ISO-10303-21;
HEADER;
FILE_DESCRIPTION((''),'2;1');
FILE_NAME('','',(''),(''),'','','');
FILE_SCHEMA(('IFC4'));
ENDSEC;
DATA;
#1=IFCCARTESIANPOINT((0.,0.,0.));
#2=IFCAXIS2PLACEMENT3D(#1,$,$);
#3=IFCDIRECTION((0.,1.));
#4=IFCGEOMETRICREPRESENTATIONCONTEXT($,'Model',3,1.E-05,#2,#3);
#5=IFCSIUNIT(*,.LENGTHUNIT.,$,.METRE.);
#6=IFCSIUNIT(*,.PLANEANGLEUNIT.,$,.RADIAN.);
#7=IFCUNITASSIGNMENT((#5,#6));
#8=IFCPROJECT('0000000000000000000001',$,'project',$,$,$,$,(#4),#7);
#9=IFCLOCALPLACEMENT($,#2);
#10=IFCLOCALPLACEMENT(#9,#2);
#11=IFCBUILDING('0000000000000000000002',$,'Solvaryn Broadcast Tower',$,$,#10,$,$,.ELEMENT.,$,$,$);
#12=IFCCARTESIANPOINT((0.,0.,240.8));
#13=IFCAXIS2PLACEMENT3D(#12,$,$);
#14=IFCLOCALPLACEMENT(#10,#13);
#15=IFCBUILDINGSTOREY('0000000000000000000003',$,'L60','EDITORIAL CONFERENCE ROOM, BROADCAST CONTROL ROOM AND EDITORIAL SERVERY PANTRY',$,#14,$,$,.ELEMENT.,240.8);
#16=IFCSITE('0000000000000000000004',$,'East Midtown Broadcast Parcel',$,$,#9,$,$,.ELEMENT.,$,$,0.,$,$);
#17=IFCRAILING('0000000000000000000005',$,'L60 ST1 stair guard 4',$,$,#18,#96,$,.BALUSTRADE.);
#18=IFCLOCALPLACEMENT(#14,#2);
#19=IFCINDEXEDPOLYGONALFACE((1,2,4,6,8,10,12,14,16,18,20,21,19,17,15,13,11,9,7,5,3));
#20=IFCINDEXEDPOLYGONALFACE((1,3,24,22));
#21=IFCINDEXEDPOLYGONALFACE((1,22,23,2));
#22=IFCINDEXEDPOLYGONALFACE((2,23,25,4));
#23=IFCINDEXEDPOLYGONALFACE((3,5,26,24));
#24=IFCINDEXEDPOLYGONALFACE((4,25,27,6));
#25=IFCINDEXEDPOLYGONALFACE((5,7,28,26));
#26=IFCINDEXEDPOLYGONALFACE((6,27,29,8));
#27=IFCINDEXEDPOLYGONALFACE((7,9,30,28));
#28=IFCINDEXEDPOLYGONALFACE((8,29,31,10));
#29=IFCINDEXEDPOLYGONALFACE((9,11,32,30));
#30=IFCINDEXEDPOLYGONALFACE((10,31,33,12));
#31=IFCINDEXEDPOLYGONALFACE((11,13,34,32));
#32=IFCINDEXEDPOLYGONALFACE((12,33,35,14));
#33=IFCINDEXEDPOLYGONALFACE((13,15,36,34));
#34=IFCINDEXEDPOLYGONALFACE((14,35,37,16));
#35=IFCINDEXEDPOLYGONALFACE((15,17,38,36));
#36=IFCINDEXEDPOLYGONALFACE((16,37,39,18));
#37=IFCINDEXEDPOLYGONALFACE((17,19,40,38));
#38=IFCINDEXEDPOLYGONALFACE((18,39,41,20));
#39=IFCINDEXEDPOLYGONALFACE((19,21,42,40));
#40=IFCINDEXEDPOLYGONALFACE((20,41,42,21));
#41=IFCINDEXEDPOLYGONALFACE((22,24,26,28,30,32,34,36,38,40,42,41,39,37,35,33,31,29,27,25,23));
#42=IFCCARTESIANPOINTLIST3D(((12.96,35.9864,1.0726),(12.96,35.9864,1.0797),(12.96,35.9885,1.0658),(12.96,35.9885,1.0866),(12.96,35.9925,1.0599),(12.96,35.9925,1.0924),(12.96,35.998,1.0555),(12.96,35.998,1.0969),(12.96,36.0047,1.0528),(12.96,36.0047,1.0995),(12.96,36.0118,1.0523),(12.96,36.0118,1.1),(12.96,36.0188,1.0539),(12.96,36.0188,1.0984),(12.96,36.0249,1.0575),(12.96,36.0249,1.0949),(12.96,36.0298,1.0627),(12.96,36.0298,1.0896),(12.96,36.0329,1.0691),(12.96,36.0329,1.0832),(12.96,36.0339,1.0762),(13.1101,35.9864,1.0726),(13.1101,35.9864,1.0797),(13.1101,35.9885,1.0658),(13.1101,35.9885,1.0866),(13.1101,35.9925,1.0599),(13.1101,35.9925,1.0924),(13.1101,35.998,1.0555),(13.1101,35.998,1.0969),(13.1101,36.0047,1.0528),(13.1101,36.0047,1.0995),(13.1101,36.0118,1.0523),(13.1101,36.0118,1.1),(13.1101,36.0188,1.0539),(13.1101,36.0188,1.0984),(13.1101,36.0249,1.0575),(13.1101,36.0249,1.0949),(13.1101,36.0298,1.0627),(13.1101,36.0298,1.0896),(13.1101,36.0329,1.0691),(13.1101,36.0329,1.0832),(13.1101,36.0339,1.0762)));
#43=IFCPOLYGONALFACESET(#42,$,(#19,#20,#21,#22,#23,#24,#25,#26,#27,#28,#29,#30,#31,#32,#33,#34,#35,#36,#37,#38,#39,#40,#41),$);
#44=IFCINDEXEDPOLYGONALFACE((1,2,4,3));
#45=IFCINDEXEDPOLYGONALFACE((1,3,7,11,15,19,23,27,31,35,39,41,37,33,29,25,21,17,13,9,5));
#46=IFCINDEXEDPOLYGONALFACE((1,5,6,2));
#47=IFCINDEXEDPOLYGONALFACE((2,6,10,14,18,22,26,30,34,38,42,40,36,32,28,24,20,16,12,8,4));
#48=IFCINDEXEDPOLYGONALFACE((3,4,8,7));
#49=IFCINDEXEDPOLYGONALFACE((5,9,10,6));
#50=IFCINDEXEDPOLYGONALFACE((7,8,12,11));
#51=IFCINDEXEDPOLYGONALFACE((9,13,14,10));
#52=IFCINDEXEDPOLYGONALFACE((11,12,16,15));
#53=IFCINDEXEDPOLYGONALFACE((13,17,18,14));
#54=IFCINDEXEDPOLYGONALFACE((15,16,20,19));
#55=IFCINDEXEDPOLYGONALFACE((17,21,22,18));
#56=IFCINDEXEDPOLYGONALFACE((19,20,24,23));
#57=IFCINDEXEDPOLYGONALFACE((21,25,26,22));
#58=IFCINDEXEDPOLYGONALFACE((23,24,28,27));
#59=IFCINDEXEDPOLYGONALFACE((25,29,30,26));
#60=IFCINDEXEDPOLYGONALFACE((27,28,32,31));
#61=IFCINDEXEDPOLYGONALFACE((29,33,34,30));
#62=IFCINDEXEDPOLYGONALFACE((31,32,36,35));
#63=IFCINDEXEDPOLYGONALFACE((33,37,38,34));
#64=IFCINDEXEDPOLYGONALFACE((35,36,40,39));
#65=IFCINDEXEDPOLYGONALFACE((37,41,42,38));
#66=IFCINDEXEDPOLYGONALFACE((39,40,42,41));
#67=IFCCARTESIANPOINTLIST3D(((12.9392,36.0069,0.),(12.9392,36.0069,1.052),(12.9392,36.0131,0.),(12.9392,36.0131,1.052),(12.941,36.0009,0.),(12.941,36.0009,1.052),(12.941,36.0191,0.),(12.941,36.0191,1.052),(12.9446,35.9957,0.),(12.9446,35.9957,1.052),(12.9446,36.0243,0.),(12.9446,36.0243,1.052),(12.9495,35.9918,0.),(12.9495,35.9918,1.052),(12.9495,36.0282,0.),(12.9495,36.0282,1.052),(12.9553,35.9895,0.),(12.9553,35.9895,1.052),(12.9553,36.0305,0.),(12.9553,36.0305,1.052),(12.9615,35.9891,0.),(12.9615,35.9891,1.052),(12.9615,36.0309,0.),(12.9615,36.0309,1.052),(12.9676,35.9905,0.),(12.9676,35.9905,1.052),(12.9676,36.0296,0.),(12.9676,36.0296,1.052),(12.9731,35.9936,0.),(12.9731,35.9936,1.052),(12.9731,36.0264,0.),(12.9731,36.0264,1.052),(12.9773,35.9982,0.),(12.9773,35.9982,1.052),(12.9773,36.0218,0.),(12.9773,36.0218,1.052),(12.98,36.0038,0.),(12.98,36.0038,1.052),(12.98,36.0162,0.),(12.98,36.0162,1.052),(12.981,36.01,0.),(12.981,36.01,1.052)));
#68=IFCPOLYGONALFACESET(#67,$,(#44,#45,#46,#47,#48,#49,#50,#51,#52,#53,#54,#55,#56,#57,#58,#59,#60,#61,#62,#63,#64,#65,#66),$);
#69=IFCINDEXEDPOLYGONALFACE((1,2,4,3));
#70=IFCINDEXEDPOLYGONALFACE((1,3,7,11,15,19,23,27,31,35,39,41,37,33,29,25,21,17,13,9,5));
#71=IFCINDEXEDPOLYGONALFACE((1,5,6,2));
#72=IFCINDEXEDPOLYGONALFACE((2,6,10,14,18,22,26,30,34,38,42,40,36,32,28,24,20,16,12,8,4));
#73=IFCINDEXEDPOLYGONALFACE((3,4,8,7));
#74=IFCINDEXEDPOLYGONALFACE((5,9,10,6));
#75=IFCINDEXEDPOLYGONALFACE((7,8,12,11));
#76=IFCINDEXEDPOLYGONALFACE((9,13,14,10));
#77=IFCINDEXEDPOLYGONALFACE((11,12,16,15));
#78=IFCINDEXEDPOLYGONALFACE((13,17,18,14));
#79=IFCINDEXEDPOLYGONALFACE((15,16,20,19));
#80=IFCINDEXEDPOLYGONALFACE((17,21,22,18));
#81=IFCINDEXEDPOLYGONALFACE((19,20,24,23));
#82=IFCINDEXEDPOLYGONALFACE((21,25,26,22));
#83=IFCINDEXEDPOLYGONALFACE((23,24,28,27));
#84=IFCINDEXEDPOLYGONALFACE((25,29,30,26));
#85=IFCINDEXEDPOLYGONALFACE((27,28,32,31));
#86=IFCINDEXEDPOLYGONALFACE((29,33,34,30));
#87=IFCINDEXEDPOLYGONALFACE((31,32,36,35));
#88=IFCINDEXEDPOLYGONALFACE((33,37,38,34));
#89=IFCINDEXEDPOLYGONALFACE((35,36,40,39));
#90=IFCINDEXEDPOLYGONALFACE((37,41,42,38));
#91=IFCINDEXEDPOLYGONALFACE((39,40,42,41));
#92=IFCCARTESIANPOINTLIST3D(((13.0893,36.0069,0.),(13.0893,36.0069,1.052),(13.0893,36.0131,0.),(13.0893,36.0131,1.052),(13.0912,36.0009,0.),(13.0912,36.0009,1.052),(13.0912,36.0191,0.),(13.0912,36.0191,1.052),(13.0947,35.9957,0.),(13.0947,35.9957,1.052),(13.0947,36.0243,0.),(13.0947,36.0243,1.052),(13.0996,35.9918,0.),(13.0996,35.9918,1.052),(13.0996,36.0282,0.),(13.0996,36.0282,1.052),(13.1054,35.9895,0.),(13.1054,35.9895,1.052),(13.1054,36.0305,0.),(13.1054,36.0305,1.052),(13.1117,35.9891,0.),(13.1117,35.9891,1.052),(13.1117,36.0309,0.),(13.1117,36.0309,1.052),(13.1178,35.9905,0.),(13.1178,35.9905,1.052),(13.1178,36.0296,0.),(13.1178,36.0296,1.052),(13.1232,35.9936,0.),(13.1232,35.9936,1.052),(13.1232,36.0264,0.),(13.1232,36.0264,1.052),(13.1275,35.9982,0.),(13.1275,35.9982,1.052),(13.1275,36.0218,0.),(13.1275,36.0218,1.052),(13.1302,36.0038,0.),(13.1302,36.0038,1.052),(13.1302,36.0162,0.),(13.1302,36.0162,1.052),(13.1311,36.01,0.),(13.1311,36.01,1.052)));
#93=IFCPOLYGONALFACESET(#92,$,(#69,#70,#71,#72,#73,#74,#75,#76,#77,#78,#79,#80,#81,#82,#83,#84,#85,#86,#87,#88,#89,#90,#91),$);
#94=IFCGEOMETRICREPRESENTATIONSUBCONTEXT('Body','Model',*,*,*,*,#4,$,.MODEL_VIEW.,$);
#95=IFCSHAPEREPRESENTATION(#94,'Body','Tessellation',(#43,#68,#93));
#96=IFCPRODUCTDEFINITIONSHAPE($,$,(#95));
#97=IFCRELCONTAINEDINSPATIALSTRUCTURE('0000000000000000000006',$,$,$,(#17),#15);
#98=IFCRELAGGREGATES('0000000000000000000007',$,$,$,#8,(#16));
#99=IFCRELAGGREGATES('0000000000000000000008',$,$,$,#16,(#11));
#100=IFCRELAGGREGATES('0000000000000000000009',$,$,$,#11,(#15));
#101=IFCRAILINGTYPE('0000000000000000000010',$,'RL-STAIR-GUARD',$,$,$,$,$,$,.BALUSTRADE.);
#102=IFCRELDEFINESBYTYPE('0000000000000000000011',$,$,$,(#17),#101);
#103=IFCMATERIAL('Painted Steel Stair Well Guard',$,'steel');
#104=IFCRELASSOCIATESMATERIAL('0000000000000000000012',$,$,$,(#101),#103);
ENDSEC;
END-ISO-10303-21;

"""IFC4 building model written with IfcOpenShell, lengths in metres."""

from ifc_helpers import new_model, si_unit, direction, frame, origin, origin_2d, place, context, subcontext, project, spatial, circle, extrude, material, type_object, element, save


model = new_model("IFC4")

# Units and contexts
model_context = context("Model", 3, precision=1e-05, world=origin(), true_north=direction((0.0, 1.0)))
body_context = subcontext(model_context, "Body", "Model", "MODEL_VIEW")
ifc_project = project(units=[si_unit("LENGTHUNIT", "METRE"), si_unit("PLANEANGLEUNIT", "RADIAN")], contexts=[model_context])

# Site, building, storey
site_placement = place(None, origin())
site = spatial("IfcSite", under=ifc_project, at=site_placement, Name="East Midtown Broadcast Parcel", CompositionType="ELEMENT", RefElevation=0.0)
building_placement = place(site_placement, origin())
building = spatial("IfcBuilding", under=site, at=building_placement, Name="Solvaryn Broadcast Tower", CompositionType="ELEMENT")
storey_placement = place(building_placement, frame((0.0, 0.0, 240.8)))
storey = spatial("IfcBuildingStorey", under=building, at=storey_placement, Name="L60", Description="EDITORIAL CONFERENCE ROOM, BROADCAST CONTROL ROOM AND EDITORIAL SERVERY PANTRY", CompositionType="ELEMENT", Elevation=240.8)

# Railing
ifc_material_1 = material(Name="Painted Steel Stair Well Guard", Category="steel")
railing_type_1 = type_object("IfcRailingType", Name="RL-STAIR-GUARD", PredefinedType="BALUSTRADE", material=ifc_material_1)
railing_1_placement = place(storey_placement, frame((12.96, 36.01, 0.0)))
element("IfcRailing", 1, at=railing_1_placement, inside=storey, type_object=railing_type_1, Name="L60 ST1 stair guard 4", PredefinedType="BALUSTRADE", context=body_context, shape_type="SweptSolid", body=[
    extrude(circle(Radius=0.0239, at=origin_2d()), frame((0.0, 0.0, 1.0762), z_axis=(1.0, 0.0, 0.0), x_axis=(0.0, 1.0, 0.0)), (0.0, 0.0, 1.0), 0.1501),
    extrude(circle(Radius=0.021, at=origin_2d()), origin(), (0.0, 0.0, 1.0), 1.052),
    extrude(circle(Radius=0.021, at=origin_2d()), frame((0.1501, 0.0, 0.0)), (0.0, 0.0, 1.0), 1.052),
])

save(model, "model.ifc")
